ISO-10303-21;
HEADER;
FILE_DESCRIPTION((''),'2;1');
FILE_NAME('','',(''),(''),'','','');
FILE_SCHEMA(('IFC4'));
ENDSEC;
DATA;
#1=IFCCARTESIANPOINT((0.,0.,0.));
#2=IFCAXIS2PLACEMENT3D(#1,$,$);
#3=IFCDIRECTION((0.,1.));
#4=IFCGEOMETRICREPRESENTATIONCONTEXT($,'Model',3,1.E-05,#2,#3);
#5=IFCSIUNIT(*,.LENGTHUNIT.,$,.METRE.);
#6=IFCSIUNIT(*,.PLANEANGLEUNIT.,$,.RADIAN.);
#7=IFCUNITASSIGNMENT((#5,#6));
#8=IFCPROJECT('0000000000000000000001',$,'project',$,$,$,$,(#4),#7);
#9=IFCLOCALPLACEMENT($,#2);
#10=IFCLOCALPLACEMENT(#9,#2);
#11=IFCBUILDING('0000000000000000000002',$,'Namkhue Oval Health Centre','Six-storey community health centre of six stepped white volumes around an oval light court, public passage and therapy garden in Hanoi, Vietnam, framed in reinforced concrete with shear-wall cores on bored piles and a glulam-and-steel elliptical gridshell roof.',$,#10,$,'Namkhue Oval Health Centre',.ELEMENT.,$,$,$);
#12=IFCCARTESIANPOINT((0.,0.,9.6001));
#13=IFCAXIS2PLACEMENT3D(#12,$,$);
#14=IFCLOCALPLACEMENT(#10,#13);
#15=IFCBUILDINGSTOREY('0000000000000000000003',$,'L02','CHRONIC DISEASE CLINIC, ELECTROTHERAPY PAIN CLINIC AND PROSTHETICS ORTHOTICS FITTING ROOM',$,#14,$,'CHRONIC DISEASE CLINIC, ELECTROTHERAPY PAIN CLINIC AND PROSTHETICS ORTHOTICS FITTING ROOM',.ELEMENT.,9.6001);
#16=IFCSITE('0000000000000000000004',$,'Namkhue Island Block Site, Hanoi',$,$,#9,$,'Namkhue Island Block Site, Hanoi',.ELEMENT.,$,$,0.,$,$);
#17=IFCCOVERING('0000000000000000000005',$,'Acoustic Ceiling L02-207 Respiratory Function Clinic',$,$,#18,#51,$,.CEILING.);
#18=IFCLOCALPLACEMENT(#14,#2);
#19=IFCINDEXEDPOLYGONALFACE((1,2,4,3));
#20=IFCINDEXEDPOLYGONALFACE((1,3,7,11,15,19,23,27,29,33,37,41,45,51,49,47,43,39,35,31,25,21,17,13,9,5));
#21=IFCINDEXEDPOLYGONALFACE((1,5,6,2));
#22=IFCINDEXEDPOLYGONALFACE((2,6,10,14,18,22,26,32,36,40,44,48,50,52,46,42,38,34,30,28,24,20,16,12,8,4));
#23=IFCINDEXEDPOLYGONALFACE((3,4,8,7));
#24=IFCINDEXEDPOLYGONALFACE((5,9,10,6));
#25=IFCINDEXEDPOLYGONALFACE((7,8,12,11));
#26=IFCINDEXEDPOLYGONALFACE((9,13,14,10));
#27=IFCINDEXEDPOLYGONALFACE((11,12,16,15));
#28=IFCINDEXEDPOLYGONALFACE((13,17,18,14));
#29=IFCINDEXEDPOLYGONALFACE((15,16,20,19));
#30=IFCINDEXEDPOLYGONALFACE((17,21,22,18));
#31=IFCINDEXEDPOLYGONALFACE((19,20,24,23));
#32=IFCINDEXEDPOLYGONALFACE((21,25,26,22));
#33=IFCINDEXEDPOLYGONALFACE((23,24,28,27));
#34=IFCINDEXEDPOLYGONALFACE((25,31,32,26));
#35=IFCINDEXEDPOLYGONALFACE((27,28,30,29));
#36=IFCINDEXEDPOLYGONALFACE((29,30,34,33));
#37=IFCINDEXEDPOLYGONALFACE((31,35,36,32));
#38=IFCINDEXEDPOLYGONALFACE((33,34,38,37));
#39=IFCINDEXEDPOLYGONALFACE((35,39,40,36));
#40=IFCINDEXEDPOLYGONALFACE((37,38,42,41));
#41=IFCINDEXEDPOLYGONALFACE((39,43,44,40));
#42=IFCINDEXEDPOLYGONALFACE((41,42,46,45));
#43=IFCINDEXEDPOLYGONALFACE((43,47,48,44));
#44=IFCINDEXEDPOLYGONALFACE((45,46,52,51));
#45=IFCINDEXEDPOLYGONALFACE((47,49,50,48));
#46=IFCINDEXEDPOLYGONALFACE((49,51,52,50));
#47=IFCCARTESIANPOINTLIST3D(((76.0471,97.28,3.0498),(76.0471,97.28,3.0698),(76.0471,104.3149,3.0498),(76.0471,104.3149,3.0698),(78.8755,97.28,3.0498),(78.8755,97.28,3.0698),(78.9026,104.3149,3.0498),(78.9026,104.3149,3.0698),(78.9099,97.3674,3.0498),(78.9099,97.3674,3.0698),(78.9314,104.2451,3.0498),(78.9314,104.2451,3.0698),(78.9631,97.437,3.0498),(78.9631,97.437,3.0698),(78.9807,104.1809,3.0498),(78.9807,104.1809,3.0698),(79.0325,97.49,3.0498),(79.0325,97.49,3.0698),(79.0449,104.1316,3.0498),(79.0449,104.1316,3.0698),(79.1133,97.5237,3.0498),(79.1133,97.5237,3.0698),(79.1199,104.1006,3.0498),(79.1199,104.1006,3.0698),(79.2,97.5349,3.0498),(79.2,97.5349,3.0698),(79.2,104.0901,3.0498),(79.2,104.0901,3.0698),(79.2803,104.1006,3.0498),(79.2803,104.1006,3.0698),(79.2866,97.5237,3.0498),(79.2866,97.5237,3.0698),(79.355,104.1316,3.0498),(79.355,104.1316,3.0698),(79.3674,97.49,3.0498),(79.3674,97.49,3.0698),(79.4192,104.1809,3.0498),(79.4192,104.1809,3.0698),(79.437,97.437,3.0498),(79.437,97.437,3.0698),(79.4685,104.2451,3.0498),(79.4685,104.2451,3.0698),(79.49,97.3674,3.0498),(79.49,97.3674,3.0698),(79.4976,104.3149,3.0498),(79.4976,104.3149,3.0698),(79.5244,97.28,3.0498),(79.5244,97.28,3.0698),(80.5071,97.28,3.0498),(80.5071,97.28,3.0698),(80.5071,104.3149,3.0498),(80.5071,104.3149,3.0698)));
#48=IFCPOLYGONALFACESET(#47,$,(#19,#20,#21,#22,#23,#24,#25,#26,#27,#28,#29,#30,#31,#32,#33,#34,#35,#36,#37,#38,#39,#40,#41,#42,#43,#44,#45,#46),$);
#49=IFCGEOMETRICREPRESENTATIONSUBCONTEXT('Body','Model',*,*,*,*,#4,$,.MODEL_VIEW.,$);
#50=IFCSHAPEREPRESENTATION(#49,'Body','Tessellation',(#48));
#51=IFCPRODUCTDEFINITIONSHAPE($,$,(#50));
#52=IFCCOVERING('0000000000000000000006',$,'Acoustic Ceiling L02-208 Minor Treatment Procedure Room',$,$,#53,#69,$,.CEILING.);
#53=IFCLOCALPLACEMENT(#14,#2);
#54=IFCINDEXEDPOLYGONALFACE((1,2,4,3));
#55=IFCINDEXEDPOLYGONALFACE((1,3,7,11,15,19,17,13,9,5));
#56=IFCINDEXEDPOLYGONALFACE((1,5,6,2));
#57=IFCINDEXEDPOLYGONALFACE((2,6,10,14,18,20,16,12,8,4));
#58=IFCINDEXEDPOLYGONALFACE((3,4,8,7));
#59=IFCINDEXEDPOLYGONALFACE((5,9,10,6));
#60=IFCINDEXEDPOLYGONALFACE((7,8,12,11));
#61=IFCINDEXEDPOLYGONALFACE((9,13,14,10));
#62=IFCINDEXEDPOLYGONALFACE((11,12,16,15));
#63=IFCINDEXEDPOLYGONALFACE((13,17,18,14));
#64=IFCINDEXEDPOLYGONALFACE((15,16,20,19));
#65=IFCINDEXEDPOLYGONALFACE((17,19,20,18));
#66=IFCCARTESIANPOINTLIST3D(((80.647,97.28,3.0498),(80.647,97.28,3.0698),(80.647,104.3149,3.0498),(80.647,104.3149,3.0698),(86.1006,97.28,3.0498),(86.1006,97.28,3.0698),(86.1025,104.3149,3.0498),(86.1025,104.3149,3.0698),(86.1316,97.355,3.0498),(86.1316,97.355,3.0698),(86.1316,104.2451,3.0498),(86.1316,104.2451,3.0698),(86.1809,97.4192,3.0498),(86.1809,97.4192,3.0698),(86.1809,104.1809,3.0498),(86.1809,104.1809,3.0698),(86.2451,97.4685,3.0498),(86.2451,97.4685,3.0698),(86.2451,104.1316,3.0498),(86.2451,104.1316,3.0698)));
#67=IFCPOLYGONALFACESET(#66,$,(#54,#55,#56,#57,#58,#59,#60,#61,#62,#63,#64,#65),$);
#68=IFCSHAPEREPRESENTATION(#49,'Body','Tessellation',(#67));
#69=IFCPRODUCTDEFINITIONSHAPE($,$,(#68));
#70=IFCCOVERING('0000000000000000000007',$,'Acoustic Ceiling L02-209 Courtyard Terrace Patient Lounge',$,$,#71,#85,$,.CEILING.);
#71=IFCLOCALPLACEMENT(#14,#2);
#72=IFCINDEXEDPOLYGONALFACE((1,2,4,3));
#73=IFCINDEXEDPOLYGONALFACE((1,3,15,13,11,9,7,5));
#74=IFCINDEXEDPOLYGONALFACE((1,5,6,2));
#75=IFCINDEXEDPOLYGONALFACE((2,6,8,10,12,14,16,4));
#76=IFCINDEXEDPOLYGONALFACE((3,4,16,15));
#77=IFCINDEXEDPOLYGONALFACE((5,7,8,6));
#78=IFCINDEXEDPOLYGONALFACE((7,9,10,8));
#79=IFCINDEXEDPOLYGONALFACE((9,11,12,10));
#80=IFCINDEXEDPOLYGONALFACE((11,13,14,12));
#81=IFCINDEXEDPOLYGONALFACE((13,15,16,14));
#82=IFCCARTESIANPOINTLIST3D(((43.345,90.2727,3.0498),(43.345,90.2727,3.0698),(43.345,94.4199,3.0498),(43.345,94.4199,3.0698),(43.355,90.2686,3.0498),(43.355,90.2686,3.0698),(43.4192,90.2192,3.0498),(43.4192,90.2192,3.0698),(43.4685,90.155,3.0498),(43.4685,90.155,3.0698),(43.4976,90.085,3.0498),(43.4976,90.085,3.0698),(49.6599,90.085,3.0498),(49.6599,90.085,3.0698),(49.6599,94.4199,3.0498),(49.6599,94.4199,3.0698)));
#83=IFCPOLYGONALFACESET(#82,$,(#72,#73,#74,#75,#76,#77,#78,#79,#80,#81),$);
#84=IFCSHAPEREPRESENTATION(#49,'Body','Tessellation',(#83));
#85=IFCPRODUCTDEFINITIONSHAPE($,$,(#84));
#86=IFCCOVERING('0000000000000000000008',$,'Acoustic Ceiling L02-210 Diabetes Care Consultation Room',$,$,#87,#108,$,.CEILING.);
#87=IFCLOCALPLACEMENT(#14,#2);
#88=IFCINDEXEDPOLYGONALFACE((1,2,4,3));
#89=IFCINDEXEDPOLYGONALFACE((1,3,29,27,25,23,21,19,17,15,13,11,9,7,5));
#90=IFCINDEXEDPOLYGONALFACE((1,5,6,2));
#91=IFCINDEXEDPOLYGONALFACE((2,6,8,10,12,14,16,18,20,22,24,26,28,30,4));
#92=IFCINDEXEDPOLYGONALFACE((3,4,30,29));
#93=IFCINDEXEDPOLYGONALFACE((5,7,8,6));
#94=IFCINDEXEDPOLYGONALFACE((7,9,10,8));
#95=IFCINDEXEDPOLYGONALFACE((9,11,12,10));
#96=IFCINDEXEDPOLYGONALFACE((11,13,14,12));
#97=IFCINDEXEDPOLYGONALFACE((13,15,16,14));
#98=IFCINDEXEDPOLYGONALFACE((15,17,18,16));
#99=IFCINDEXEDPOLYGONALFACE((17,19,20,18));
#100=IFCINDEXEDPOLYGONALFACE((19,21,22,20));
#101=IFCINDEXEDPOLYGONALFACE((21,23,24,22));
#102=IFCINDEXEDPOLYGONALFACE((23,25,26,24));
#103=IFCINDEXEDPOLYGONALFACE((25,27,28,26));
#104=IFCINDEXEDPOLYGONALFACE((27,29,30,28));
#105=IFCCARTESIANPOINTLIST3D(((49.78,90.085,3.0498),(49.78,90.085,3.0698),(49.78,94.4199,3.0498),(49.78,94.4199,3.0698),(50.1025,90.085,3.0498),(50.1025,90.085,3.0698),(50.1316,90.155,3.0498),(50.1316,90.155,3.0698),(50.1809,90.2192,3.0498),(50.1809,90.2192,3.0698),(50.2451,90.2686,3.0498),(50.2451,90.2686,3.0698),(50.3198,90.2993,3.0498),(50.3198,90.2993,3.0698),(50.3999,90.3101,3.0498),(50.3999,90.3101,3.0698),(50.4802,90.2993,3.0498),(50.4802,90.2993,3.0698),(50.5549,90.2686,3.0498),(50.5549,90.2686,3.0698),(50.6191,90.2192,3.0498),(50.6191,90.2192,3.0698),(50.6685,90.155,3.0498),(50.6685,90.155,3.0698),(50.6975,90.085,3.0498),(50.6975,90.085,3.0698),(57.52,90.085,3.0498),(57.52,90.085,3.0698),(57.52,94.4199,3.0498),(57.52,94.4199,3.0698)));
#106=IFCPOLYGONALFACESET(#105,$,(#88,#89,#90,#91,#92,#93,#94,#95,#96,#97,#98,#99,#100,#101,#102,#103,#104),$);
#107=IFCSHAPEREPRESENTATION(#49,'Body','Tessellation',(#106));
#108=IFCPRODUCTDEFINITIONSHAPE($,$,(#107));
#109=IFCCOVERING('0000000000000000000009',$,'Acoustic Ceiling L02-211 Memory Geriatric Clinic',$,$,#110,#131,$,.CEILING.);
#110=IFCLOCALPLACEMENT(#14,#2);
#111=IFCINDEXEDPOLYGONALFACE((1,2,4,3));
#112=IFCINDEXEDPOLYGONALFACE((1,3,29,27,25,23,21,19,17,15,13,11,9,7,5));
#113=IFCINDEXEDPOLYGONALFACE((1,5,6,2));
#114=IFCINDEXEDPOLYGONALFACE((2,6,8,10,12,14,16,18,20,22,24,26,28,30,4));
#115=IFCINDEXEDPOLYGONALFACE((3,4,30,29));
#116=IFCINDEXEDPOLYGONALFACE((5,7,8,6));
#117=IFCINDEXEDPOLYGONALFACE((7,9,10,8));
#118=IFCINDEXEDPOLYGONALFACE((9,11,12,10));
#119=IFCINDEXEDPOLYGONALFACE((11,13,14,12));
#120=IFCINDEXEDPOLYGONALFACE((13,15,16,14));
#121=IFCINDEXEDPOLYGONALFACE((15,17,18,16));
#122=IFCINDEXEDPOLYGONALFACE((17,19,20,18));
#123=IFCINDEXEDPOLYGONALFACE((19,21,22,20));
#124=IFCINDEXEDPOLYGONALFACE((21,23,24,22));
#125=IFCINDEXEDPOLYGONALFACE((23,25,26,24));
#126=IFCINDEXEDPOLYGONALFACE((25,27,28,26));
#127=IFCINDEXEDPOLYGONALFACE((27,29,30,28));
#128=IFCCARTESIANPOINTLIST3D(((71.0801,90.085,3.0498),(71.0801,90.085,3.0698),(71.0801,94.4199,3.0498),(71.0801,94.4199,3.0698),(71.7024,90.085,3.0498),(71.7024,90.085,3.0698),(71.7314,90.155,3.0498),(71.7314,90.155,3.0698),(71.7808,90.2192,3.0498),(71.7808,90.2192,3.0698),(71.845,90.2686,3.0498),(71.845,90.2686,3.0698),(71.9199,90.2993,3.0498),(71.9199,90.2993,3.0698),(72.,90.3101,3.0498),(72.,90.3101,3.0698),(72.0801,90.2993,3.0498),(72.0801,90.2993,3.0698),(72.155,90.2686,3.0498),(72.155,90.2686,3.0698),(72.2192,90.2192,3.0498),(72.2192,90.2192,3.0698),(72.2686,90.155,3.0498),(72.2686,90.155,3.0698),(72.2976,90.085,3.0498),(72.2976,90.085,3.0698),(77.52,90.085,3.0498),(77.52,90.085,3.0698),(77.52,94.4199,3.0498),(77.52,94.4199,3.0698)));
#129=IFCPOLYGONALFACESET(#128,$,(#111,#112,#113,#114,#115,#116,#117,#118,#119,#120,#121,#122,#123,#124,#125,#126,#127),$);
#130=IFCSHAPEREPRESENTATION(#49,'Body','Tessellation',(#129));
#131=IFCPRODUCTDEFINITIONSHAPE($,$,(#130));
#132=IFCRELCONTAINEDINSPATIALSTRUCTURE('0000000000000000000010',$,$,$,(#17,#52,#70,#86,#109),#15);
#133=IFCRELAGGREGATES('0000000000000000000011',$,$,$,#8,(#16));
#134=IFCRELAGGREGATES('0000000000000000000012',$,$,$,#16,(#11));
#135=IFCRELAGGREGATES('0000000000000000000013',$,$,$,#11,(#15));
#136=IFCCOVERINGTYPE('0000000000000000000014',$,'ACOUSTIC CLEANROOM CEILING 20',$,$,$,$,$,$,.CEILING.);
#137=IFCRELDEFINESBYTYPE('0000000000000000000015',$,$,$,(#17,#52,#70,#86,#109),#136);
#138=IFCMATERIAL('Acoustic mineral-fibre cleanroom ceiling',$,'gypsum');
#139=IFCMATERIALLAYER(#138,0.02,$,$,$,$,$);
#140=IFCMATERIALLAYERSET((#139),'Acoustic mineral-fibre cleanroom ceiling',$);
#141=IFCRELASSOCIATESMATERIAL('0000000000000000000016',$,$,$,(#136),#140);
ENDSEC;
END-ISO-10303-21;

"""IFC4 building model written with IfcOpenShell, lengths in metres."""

from ifc_helpers import new_model, si_unit, direction, frame, origin, place, context, subcontext, project, spatial, polyline, outline, extrude, material, layer, layer_set, type_object, element, save


model = new_model("IFC4")

# Units and contexts
model_context = context("Model", 3, precision=1e-05, world=origin(), true_north=direction((0.0, 1.0)))
body_context = subcontext(model_context, "Body", "Model", "MODEL_VIEW")
ifc_project = project(units=[si_unit("LENGTHUNIT", "METRE"), si_unit("PLANEANGLEUNIT", "RADIAN")], contexts=[model_context])

# Site, building, storey
site_placement = place(None, origin())
site = spatial("IfcSite", under=ifc_project, at=site_placement, Name="Namkhue Island Block Site, Hanoi", LongName="Namkhue Island Block Site, Hanoi", CompositionType="ELEMENT", RefElevation=0.0)
building_placement = place(site_placement, origin())
building = spatial("IfcBuilding", under=site, at=building_placement, Name="Namkhue Oval Health Centre", Description="Six-storey community health centre of six stepped white volumes around an oval light court, public passage and therapy garden in Hanoi, Vietnam, framed in reinforced concrete with shear-wall cores on bored piles and a glulam-and-steel elliptical gridshell roof.", LongName="Namkhue Oval Health Centre", CompositionType="ELEMENT")
storey_placement = place(building_placement, frame((0.0, 0.0, 9.6001)))
storey = spatial("IfcBuildingStorey", under=building, at=storey_placement, Name="L02", Description="CHRONIC DISEASE CLINIC, ELECTROTHERAPY PAIN CLINIC AND PROSTHETICS ORTHOTICS FITTING ROOM", LongName="CHRONIC DISEASE CLINIC, ELECTROTHERAPY PAIN CLINIC AND PROSTHETICS ORTHOTICS FITTING ROOM", CompositionType="ELEMENT", Elevation=9.6001)

# Coverings
ifc_material = material(Name="Acoustic mineral-fibre cleanroom ceiling", Category="gypsum")
ifc_layer = layer(ifc_material, 0.02)
ifc_layer_set = layer_set([ifc_layer], Name="Acoustic mineral-fibre cleanroom ceiling")
covering_type = type_object("IfcCoveringType", Name="ACOUSTIC CLEANROOM CEILING 20", PredefinedType="CEILING", material=ifc_layer_set)
covering_1_placement = place(storey_placement, frame((0.0, 0.0, 3.0498)))
element("IfcCovering", 1, at=covering_1_placement, inside=storey, type_object=covering_type, Name="Acoustic Ceiling L02-207 Respiratory Function Clinic", PredefinedType="CEILING", context=body_context, shape_type="SweptSolid", body=[
    extrude(outline(polyline([(79.5244, 97.28), (79.49, 97.3674), (79.437, 97.437), (79.3674, 97.49), (79.2866, 97.5237), (79.2, 97.5349), (79.1133, 97.5237), (79.0325, 97.49), (78.9631, 97.437), (78.9099, 97.3674), (78.8755, 97.28), (76.0471, 97.28), (76.0471, 104.3149), (78.9026, 104.3149), (78.9314, 104.2451), (78.9807, 104.1809), (79.0449, 104.1316), (79.1199, 104.1006), (79.2, 104.0901), (79.2803, 104.1006), (79.355, 104.1316), (79.4192, 104.1809), (79.4685, 104.2451), (79.4976, 104.3149), (80.5071, 104.3149), (80.5071, 97.28), (79.5244, 97.28)])), origin(), (0.0, 0.0, 1.0), 0.02),
])
covering_2_placement = place(storey_placement, frame((0.0, 0.0, 3.0498)))
element("IfcCovering", 2, at=covering_2_placement, inside=storey, type_object=covering_type, Name="Acoustic Ceiling L02-208 Minor Treatment Procedure Room", PredefinedType="CEILING", context=body_context, shape_type="SweptSolid", body=[
    extrude(outline(polyline([(80.647, 97.28), (80.647, 104.3149), (86.1025, 104.3149), (86.1316, 104.2451), (86.1809, 104.1809), (86.2451, 104.1316), (86.2451, 97.4685), (86.1809, 97.4192), (86.1316, 97.355), (86.1006, 97.28), (80.647, 97.28)])), origin(), (0.0, 0.0, 1.0), 0.02),
])
covering_3_placement = place(storey_placement, frame((0.0, 0.0, 3.0498)))
element("IfcCovering", 3, at=covering_3_placement, inside=storey, type_object=covering_type, Name="Acoustic Ceiling L02-209 Courtyard Terrace Patient Lounge", PredefinedType="CEILING", context=body_context, shape_type="SweptSolid", body=[
    extrude(outline(polyline([(43.4976, 90.085), (43.4685, 90.155), (43.4192, 90.2192), (43.355, 90.2686), (43.345, 90.2727), (43.345, 94.4199), (49.6599, 94.4199), (49.6599, 90.085), (43.4976, 90.085)])), origin(), (0.0, 0.0, 1.0), 0.02),
])
covering_4_placement = place(storey_placement, frame((0.0, 0.0, 3.0498)))
element("IfcCovering", 4, at=covering_4_placement, inside=storey, type_object=covering_type, Name="Acoustic Ceiling L02-210 Diabetes Care Consultation Room", PredefinedType="CEILING", context=body_context, shape_type="SweptSolid", body=[
    extrude(outline(polyline([(50.6975, 90.085), (50.6685, 90.155), (50.6191, 90.2192), (50.5549, 90.2686), (50.4802, 90.2993), (50.3999, 90.3101), (50.3198, 90.2993), (50.2451, 90.2686), (50.1809, 90.2192), (50.1316, 90.155), (50.1025, 90.085), (49.78, 90.085), (49.78, 94.4199), (57.52, 94.4199), (57.52, 90.085), (50.6975, 90.085)])), origin(), (0.0, 0.0, 1.0), 0.02),
])
covering_5_placement = place(storey_placement, frame((0.0, 0.0, 3.0498)))
element("IfcCovering", 5, at=covering_5_placement, inside=storey, type_object=covering_type, Name="Acoustic Ceiling L02-211 Memory Geriatric Clinic", PredefinedType="CEILING", context=body_context, shape_type="SweptSolid", body=[
    extrude(outline(polyline([(72.2976, 90.085), (72.2686, 90.155), (72.2192, 90.2192), (72.155, 90.2686), (72.0801, 90.2993), (72.0, 90.3101), (71.9199, 90.2993), (71.845, 90.2686), (71.7808, 90.2192), (71.7314, 90.155), (71.7024, 90.085), (71.0801, 90.085), (71.0801, 94.4199), (77.52, 94.4199), (77.52, 90.085), (72.2976, 90.085)])), origin(), (0.0, 0.0, 1.0), 0.02),
])

save(model, "model.ifc")
